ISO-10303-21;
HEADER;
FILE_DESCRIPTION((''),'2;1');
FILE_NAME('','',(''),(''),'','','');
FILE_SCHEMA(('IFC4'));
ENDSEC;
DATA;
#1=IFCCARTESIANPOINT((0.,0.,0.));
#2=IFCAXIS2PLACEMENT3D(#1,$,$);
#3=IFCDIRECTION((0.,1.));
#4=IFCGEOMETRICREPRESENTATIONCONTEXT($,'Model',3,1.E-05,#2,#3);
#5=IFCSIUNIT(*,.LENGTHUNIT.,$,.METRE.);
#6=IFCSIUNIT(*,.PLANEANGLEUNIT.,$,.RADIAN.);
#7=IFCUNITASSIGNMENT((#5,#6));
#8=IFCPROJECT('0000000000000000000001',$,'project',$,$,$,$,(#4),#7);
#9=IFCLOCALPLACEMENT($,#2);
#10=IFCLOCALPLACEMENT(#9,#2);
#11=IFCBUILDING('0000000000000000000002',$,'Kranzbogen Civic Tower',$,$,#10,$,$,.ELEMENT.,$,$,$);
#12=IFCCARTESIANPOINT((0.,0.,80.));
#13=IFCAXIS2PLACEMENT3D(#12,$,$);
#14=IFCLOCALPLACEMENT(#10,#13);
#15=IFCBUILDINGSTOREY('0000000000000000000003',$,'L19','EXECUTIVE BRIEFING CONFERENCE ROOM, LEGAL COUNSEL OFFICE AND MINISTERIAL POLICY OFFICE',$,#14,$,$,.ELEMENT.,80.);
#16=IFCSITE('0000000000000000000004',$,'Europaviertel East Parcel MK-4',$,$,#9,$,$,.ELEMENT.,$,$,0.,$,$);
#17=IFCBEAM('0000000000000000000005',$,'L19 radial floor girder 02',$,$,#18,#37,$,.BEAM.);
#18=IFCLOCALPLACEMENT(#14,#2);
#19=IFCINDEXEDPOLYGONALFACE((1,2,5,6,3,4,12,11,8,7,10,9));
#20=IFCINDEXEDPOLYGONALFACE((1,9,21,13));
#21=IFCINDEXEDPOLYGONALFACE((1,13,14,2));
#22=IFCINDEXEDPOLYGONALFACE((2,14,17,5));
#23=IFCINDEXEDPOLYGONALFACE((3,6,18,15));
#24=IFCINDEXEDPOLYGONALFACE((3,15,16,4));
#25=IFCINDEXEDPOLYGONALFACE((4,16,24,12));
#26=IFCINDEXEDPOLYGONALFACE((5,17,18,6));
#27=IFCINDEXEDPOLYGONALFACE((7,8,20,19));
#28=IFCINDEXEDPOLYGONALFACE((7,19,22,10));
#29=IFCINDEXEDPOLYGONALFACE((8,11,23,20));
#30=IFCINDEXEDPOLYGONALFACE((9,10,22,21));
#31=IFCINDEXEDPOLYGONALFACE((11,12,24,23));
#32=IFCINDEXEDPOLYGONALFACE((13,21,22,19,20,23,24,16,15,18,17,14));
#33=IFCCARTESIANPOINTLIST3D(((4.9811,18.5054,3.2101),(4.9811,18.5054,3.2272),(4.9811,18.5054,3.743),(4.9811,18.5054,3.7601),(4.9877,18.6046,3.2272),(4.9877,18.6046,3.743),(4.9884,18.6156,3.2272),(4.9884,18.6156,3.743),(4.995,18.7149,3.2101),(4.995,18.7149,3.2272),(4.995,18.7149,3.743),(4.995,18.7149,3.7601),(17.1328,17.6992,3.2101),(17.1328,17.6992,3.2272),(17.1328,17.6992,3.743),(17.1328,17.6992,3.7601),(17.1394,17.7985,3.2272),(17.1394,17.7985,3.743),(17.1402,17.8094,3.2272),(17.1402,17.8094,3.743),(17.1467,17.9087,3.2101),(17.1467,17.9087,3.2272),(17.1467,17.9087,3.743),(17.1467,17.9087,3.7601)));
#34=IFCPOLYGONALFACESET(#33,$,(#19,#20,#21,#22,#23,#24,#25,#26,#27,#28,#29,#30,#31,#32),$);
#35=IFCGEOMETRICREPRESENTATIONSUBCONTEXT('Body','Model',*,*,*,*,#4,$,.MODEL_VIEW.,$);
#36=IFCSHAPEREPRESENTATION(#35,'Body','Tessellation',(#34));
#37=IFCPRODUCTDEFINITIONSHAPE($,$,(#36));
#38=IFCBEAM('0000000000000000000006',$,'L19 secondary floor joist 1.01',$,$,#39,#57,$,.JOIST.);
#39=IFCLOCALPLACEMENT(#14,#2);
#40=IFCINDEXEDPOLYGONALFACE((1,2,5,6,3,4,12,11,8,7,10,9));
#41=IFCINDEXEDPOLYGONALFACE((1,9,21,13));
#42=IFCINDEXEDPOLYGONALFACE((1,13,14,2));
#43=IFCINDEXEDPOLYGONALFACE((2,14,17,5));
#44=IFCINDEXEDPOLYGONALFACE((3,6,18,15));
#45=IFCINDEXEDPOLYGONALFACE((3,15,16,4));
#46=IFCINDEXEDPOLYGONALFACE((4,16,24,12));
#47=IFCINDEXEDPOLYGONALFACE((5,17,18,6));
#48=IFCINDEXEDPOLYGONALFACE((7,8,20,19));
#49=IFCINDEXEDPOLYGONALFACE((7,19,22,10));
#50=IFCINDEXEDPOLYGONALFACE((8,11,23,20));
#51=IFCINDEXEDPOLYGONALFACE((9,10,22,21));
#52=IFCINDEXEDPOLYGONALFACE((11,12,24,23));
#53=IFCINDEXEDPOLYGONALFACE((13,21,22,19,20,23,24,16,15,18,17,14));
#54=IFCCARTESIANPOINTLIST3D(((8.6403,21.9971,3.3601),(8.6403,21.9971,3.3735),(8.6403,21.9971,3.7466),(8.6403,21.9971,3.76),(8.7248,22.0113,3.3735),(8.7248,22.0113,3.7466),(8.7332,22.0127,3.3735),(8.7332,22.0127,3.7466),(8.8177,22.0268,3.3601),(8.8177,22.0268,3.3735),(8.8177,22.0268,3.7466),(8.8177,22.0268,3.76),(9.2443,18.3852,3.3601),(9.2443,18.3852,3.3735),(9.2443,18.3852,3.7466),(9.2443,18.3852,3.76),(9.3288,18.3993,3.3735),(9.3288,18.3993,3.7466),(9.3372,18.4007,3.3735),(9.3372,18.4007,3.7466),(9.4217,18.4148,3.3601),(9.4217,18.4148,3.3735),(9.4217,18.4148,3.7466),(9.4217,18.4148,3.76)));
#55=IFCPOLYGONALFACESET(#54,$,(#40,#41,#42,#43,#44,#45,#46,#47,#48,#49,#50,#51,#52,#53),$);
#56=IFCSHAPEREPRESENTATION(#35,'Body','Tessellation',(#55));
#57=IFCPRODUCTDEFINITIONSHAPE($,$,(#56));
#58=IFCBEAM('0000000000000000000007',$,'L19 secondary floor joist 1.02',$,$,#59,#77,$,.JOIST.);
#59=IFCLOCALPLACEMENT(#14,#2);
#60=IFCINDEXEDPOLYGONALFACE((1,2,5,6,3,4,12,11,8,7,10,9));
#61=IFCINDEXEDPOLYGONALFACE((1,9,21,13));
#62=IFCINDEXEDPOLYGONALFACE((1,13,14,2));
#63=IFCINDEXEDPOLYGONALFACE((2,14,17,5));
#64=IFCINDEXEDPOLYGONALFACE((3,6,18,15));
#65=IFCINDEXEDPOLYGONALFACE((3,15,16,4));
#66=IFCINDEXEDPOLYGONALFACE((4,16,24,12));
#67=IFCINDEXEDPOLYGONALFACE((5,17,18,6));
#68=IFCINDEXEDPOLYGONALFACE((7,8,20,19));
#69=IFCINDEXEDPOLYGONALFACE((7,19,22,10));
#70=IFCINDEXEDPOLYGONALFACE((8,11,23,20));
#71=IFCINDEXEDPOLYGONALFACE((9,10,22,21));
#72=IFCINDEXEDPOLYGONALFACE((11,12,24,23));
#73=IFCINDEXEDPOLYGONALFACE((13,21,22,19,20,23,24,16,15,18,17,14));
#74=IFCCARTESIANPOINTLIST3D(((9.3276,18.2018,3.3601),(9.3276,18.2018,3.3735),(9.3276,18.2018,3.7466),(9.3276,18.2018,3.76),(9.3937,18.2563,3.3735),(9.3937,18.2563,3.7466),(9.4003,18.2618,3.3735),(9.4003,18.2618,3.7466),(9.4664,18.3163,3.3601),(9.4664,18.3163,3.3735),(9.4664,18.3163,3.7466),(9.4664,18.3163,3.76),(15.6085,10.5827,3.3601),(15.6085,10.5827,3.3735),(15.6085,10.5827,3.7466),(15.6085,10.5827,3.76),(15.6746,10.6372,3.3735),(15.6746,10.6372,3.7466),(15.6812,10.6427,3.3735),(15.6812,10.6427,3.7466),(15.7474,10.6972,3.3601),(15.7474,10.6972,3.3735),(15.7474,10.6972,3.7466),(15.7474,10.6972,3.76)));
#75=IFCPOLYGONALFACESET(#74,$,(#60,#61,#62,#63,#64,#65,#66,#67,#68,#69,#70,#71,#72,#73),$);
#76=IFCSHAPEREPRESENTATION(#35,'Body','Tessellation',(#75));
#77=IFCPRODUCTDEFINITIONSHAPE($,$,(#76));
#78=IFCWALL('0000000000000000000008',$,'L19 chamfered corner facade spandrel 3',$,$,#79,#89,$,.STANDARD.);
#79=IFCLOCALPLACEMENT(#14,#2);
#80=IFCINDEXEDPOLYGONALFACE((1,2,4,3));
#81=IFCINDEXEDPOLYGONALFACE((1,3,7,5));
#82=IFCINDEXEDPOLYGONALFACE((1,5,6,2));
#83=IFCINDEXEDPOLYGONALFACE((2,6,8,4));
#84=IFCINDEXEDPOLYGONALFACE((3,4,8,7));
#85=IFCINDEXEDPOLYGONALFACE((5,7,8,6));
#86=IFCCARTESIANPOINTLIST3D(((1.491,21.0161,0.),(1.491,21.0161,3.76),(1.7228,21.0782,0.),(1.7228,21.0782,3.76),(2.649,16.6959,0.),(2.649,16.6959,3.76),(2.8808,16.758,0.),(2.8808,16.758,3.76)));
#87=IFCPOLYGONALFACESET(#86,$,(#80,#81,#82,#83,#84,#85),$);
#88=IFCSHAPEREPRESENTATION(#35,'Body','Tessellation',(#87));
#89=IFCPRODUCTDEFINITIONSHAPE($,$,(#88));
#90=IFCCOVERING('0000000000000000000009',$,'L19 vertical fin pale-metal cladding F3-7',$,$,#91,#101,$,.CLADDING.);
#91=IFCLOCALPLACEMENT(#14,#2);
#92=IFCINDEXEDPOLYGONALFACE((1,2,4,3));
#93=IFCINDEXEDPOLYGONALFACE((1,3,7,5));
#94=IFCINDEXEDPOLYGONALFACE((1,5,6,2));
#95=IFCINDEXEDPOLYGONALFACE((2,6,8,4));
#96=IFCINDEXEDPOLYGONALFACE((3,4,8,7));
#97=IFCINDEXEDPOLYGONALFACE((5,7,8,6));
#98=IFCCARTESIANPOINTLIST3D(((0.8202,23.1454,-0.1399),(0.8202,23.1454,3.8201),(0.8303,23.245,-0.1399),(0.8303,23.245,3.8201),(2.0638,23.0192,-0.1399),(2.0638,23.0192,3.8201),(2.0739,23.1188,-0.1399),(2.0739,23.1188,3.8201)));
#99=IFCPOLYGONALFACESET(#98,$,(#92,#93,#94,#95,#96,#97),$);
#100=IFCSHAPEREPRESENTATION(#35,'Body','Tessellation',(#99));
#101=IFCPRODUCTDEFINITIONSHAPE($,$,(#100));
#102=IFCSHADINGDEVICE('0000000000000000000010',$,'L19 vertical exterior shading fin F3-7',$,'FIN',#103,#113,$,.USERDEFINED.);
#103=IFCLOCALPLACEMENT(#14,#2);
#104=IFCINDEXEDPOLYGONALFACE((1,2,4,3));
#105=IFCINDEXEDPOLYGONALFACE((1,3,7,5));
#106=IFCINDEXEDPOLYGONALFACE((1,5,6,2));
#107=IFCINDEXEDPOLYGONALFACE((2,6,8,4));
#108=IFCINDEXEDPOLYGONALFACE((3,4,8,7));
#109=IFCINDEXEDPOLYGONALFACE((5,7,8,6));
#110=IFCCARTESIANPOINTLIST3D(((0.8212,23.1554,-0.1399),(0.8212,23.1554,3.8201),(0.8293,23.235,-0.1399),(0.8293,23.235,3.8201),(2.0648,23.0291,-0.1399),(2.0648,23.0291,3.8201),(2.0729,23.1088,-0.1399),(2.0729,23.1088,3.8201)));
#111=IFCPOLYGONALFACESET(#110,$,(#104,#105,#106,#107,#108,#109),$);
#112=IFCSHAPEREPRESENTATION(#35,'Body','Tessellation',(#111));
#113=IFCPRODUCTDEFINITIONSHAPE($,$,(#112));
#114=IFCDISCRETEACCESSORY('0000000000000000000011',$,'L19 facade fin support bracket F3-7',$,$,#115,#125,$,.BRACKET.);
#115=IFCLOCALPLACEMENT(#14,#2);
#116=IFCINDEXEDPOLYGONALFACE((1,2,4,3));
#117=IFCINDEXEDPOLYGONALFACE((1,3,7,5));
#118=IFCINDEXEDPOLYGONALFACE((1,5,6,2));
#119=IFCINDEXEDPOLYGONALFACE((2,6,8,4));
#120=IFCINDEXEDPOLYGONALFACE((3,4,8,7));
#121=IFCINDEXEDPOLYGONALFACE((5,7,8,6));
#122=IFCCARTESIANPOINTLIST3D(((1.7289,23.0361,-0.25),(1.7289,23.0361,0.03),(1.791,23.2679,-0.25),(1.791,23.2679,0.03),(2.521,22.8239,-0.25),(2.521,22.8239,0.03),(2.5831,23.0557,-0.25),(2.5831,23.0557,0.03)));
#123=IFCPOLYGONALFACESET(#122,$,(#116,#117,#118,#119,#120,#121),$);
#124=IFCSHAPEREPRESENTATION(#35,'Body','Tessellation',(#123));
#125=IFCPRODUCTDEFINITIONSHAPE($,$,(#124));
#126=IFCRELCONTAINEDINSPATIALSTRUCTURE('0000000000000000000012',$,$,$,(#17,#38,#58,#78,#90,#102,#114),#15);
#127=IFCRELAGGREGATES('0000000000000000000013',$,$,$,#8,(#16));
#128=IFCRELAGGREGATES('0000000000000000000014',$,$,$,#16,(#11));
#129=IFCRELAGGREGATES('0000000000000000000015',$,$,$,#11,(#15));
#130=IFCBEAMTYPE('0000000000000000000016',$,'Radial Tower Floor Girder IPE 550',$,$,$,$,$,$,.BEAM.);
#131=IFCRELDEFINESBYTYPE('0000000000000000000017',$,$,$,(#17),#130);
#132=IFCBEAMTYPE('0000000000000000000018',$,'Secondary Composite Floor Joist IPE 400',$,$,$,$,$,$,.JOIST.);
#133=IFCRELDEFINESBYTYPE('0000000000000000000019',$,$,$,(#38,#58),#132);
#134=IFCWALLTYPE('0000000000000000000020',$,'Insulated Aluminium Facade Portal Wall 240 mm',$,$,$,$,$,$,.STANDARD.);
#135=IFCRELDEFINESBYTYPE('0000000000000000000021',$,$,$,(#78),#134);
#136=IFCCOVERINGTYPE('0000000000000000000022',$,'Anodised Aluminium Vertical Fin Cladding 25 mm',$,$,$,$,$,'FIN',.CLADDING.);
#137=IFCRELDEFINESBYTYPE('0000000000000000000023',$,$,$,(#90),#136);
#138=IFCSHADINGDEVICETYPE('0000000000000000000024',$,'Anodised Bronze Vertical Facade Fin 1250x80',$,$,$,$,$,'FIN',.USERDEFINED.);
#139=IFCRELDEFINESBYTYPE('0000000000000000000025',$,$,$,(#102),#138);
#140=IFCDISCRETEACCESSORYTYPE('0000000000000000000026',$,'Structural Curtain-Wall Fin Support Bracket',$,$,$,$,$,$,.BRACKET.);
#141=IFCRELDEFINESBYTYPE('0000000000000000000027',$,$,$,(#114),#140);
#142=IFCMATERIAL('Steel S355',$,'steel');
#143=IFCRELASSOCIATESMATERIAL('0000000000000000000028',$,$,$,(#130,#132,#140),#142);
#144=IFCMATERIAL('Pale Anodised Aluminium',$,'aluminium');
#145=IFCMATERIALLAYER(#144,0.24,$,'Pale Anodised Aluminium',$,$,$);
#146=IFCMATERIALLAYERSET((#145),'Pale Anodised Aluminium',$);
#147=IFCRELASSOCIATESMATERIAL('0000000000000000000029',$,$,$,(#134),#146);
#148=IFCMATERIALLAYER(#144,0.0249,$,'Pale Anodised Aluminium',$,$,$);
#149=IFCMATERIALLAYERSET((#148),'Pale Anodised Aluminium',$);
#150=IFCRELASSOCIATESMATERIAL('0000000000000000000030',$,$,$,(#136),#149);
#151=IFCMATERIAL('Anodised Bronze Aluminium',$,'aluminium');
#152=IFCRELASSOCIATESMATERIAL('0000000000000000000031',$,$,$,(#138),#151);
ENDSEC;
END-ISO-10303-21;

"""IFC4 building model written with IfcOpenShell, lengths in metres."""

from ifc_helpers import new_model, si_unit, direction, frame, frame_2d, origin, origin_2d, place, context, subcontext, project, spatial, rectangle, i_section, extrude, material, layer, layer_set, material_profile, profile_set, type_object, element, save


model = new_model("IFC4")

# Units and contexts
model_context = context("Model", 3, precision=1e-05, world=origin(), true_north=direction((0.0, 1.0)))
body_context = subcontext(model_context, "Body", "Model", "MODEL_VIEW")
ifc_project = project(units=[si_unit("LENGTHUNIT", "METRE"), si_unit("PLANEANGLEUNIT", "RADIAN")], contexts=[model_context])

# Site, building, storey
site_placement = place(None, origin())
site = spatial("IfcSite", under=ifc_project, at=site_placement, Name="Europaviertel East Parcel MK-4", CompositionType="ELEMENT", RefElevation=0.0)
building_placement = place(site_placement, origin())
building = spatial("IfcBuilding", under=site, at=building_placement, Name="Kranzbogen Civic Tower", CompositionType="ELEMENT")
storey_placement = place(building_placement, frame((0.0, 0.0, 80.0)))
storey = spatial("IfcBuildingStorey", under=building, at=storey_placement, Name="L19", Description="EXECUTIVE BRIEFING CONFERENCE ROOM, LEGAL COUNSEL OFFICE AND MINISTERIAL POLICY OFFICE", CompositionType="ELEMENT", Elevation=80.0)

# Shared definitions
ifc_material_1 = material(Name="Steel S355", Category="steel")

# Shared definitions
ifc_material_2 = material(Name="Pale Anodised Aluminium", Category="aluminium")

# Beams
ifc_material_profile_1 = material_profile(ifc_material_1, i_section(OverallWidth=0.21, OverallDepth=0.55, WebThickness=0.011, FlangeThickness=0.0171, at=origin_2d()), Name="IPE 550")
ifc_profile_set_1 = profile_set([ifc_material_profile_1], Name="Steel S355")
beam_type_1 = type_object("IfcBeamType", Name="Radial Tower Floor Girder IPE 550", PredefinedType="BEAM", material=ifc_profile_set_1)
beam_1_placement = place(storey_placement, frame((4.988, 18.6101, 3.4851), z_axis=(0.997807, -0.066194, 0.0), x_axis=(0.066194, 0.997807, 0.0)))
element("IfcBeam", 1, at=beam_1_placement, inside=storey, type_object=beam_type_1, Name="L19 radial floor girder 02", PredefinedType="BEAM", context=body_context, shape_type="SweptSolid", body=[
    extrude(i_section(OverallWidth=0.21, OverallDepth=0.55, WebThickness=0.011, FlangeThickness=0.0171, at=origin_2d()), origin(), (0.0, 0.0, 1.0), 12.1785),
])
ifc_material_profile_2 = material_profile(ifc_material_1, i_section(OverallWidth=0.1799, OverallDepth=0.3999, WebThickness=0.0085, FlangeThickness=0.0134, at=origin_2d()), Name="IPE 400")
ifc_profile_set_2 = profile_set([ifc_material_profile_2], Name="Steel S355")
beam_type_2 = type_object("IfcBeamType", Name="Secondary Composite Floor Joist IPE 400", PredefinedType="JOIST", material=ifc_profile_set_2)
beam_2_placement = place(storey_placement, frame((8.729, 22.012, 3.5601), z_axis=(0.164929, -0.986305, 0.0), x_axis=(0.986305, 0.164929, 0.0)))
element("IfcBeam", 2, at=beam_2_placement, inside=storey, type_object=beam_type_2, Name="L19 secondary floor joist 1.01", PredefinedType="JOIST", context=body_context, shape_type="SweptSolid", body=[
    extrude(i_section(OverallWidth=0.1799, OverallDepth=0.3999, WebThickness=0.0085, FlangeThickness=0.0134, at=origin_2d()), origin(), (0.0, 0.0, 1.0), 3.6621),
])
beam_3_placement = place(storey_placement, frame((9.397, 18.259, 3.5601), z_axis=(0.636095, -0.771611, 0.0), x_axis=(0.771611, 0.636095, 0.0)))
element("IfcBeam", 3, at=beam_3_placement, inside=storey, type_object=beam_type_2, Name="L19 secondary floor joist 1.02", PredefinedType="JOIST", context=body_context, shape_type="SweptSolid", body=[
    extrude(i_section(OverallWidth=0.1799, OverallDepth=0.3999, WebThickness=0.0085, FlangeThickness=0.0134, at=origin_2d()), origin(), (0.0, 0.0, 1.0), 9.8743),
])

# Wall
ifc_layer_1 = layer(ifc_material_2, 0.24, Name="Pale Anodised Aluminium")
ifc_layer_set_1 = layer_set([ifc_layer_1], Name="Pale Anodised Aluminium")
wall_type = type_object("IfcWallType", Name="Insulated Aluminium Facade Portal Wall 240 mm", PredefinedType="STANDARD", material=ifc_layer_set_1)
wall_placement = place(storey_placement, frame((1.6069, 21.0471, 0.0), z_axis=(0.0, 0.0, 1.0), x_axis=(0.258903, -0.965903, 0.0)))
element("IfcWall", 4, at=wall_placement, inside=storey, type_object=wall_type, Name="L19 chamfered corner facade spandrel 3", PredefinedType="STANDARD", context=body_context, shape_type="SweptSolid", body=[
    extrude(rectangle(XDim=4.4727, YDim=0.24, at=frame_2d((2.2363, 0.0))), origin(), (0.0, 0.0, 1.0), 3.76),
])

# Covering
ifc_layer_2 = layer(ifc_material_2, 0.0249, Name="Pale Anodised Aluminium")
ifc_layer_set_2 = layer_set([ifc_layer_2], Name="Pale Anodised Aluminium")
covering_type = type_object("IfcCoveringType", Name="Anodised Aluminium Vertical Fin Cladding 25 mm", ElementType="FIN", PredefinedType="CLADDING", material=ifc_layer_set_2)
covering_placement = place(storey_placement, frame((1.447, 23.1321, -0.1399), z_axis=(0.0, 0.0, 1.0), x_axis=(-0.99489, 0.100969, 0.0)))
element("IfcCovering", 5, at=covering_placement, inside=storey, type_object=covering_type, Name="L19 vertical fin pale-metal cladding F3-7", PredefinedType="CLADDING", context=body_context, shape_type="SweptSolid", body=[
    extrude(rectangle(XDim=1.25, YDim=0.1001, at=origin_2d()), origin(), (0.0, 0.0, 1.0), 3.96),
])

# Shading device
ifc_material_3 = material(Name="Anodised Bronze Aluminium", Category="aluminium")
shading_device_type = type_object("IfcShadingDeviceType", Name="Anodised Bronze Vertical Facade Fin 1250x80", ElementType="FIN", PredefinedType="USERDEFINED", material=ifc_material_3)
shading_device_placement = place(storey_placement, frame((1.447, 23.1321, -0.1399), z_axis=(0.0, 0.0, 1.0), x_axis=(-0.99489, 0.100969, 0.0)))
element("IfcShadingDevice", 6, at=shading_device_placement, inside=storey, type_object=shading_device_type, Name="L19 vertical exterior shading fin F3-7", ObjectType="FIN", PredefinedType="USERDEFINED", context=body_context, shape_type="SweptSolid", body=[
    extrude(rectangle(XDim=1.25, YDim=0.0801, at=origin_2d()), origin(), (0.0, 0.0, 1.0), 3.96),
])

# Discrete accessory
discrete_accessory_type = type_object("IfcDiscreteAccessoryType", Name="Structural Curtain-Wall Fin Support Bracket", PredefinedType="BRACKET", material=ifc_material_1)
discrete_accessory_placement = place(storey_placement, frame((2.156, 23.0459, -0.25), z_axis=(0.0, 0.0, 1.0), x_axis=(-0.965926, 0.258819, 0.0)))
element("IfcDiscreteAccessory", 7, at=discrete_accessory_placement, inside=storey, type_object=discrete_accessory_type, Name="L19 facade fin support bracket F3-7", PredefinedType="BRACKET", context=body_context, shape_type="SweptSolid", body=[
    extrude(rectangle(XDim=0.8201, YDim=0.24, at=origin_2d()), origin(), (0.0, 0.0, 1.0), 0.28),
])

save(model, "model.ifc")
